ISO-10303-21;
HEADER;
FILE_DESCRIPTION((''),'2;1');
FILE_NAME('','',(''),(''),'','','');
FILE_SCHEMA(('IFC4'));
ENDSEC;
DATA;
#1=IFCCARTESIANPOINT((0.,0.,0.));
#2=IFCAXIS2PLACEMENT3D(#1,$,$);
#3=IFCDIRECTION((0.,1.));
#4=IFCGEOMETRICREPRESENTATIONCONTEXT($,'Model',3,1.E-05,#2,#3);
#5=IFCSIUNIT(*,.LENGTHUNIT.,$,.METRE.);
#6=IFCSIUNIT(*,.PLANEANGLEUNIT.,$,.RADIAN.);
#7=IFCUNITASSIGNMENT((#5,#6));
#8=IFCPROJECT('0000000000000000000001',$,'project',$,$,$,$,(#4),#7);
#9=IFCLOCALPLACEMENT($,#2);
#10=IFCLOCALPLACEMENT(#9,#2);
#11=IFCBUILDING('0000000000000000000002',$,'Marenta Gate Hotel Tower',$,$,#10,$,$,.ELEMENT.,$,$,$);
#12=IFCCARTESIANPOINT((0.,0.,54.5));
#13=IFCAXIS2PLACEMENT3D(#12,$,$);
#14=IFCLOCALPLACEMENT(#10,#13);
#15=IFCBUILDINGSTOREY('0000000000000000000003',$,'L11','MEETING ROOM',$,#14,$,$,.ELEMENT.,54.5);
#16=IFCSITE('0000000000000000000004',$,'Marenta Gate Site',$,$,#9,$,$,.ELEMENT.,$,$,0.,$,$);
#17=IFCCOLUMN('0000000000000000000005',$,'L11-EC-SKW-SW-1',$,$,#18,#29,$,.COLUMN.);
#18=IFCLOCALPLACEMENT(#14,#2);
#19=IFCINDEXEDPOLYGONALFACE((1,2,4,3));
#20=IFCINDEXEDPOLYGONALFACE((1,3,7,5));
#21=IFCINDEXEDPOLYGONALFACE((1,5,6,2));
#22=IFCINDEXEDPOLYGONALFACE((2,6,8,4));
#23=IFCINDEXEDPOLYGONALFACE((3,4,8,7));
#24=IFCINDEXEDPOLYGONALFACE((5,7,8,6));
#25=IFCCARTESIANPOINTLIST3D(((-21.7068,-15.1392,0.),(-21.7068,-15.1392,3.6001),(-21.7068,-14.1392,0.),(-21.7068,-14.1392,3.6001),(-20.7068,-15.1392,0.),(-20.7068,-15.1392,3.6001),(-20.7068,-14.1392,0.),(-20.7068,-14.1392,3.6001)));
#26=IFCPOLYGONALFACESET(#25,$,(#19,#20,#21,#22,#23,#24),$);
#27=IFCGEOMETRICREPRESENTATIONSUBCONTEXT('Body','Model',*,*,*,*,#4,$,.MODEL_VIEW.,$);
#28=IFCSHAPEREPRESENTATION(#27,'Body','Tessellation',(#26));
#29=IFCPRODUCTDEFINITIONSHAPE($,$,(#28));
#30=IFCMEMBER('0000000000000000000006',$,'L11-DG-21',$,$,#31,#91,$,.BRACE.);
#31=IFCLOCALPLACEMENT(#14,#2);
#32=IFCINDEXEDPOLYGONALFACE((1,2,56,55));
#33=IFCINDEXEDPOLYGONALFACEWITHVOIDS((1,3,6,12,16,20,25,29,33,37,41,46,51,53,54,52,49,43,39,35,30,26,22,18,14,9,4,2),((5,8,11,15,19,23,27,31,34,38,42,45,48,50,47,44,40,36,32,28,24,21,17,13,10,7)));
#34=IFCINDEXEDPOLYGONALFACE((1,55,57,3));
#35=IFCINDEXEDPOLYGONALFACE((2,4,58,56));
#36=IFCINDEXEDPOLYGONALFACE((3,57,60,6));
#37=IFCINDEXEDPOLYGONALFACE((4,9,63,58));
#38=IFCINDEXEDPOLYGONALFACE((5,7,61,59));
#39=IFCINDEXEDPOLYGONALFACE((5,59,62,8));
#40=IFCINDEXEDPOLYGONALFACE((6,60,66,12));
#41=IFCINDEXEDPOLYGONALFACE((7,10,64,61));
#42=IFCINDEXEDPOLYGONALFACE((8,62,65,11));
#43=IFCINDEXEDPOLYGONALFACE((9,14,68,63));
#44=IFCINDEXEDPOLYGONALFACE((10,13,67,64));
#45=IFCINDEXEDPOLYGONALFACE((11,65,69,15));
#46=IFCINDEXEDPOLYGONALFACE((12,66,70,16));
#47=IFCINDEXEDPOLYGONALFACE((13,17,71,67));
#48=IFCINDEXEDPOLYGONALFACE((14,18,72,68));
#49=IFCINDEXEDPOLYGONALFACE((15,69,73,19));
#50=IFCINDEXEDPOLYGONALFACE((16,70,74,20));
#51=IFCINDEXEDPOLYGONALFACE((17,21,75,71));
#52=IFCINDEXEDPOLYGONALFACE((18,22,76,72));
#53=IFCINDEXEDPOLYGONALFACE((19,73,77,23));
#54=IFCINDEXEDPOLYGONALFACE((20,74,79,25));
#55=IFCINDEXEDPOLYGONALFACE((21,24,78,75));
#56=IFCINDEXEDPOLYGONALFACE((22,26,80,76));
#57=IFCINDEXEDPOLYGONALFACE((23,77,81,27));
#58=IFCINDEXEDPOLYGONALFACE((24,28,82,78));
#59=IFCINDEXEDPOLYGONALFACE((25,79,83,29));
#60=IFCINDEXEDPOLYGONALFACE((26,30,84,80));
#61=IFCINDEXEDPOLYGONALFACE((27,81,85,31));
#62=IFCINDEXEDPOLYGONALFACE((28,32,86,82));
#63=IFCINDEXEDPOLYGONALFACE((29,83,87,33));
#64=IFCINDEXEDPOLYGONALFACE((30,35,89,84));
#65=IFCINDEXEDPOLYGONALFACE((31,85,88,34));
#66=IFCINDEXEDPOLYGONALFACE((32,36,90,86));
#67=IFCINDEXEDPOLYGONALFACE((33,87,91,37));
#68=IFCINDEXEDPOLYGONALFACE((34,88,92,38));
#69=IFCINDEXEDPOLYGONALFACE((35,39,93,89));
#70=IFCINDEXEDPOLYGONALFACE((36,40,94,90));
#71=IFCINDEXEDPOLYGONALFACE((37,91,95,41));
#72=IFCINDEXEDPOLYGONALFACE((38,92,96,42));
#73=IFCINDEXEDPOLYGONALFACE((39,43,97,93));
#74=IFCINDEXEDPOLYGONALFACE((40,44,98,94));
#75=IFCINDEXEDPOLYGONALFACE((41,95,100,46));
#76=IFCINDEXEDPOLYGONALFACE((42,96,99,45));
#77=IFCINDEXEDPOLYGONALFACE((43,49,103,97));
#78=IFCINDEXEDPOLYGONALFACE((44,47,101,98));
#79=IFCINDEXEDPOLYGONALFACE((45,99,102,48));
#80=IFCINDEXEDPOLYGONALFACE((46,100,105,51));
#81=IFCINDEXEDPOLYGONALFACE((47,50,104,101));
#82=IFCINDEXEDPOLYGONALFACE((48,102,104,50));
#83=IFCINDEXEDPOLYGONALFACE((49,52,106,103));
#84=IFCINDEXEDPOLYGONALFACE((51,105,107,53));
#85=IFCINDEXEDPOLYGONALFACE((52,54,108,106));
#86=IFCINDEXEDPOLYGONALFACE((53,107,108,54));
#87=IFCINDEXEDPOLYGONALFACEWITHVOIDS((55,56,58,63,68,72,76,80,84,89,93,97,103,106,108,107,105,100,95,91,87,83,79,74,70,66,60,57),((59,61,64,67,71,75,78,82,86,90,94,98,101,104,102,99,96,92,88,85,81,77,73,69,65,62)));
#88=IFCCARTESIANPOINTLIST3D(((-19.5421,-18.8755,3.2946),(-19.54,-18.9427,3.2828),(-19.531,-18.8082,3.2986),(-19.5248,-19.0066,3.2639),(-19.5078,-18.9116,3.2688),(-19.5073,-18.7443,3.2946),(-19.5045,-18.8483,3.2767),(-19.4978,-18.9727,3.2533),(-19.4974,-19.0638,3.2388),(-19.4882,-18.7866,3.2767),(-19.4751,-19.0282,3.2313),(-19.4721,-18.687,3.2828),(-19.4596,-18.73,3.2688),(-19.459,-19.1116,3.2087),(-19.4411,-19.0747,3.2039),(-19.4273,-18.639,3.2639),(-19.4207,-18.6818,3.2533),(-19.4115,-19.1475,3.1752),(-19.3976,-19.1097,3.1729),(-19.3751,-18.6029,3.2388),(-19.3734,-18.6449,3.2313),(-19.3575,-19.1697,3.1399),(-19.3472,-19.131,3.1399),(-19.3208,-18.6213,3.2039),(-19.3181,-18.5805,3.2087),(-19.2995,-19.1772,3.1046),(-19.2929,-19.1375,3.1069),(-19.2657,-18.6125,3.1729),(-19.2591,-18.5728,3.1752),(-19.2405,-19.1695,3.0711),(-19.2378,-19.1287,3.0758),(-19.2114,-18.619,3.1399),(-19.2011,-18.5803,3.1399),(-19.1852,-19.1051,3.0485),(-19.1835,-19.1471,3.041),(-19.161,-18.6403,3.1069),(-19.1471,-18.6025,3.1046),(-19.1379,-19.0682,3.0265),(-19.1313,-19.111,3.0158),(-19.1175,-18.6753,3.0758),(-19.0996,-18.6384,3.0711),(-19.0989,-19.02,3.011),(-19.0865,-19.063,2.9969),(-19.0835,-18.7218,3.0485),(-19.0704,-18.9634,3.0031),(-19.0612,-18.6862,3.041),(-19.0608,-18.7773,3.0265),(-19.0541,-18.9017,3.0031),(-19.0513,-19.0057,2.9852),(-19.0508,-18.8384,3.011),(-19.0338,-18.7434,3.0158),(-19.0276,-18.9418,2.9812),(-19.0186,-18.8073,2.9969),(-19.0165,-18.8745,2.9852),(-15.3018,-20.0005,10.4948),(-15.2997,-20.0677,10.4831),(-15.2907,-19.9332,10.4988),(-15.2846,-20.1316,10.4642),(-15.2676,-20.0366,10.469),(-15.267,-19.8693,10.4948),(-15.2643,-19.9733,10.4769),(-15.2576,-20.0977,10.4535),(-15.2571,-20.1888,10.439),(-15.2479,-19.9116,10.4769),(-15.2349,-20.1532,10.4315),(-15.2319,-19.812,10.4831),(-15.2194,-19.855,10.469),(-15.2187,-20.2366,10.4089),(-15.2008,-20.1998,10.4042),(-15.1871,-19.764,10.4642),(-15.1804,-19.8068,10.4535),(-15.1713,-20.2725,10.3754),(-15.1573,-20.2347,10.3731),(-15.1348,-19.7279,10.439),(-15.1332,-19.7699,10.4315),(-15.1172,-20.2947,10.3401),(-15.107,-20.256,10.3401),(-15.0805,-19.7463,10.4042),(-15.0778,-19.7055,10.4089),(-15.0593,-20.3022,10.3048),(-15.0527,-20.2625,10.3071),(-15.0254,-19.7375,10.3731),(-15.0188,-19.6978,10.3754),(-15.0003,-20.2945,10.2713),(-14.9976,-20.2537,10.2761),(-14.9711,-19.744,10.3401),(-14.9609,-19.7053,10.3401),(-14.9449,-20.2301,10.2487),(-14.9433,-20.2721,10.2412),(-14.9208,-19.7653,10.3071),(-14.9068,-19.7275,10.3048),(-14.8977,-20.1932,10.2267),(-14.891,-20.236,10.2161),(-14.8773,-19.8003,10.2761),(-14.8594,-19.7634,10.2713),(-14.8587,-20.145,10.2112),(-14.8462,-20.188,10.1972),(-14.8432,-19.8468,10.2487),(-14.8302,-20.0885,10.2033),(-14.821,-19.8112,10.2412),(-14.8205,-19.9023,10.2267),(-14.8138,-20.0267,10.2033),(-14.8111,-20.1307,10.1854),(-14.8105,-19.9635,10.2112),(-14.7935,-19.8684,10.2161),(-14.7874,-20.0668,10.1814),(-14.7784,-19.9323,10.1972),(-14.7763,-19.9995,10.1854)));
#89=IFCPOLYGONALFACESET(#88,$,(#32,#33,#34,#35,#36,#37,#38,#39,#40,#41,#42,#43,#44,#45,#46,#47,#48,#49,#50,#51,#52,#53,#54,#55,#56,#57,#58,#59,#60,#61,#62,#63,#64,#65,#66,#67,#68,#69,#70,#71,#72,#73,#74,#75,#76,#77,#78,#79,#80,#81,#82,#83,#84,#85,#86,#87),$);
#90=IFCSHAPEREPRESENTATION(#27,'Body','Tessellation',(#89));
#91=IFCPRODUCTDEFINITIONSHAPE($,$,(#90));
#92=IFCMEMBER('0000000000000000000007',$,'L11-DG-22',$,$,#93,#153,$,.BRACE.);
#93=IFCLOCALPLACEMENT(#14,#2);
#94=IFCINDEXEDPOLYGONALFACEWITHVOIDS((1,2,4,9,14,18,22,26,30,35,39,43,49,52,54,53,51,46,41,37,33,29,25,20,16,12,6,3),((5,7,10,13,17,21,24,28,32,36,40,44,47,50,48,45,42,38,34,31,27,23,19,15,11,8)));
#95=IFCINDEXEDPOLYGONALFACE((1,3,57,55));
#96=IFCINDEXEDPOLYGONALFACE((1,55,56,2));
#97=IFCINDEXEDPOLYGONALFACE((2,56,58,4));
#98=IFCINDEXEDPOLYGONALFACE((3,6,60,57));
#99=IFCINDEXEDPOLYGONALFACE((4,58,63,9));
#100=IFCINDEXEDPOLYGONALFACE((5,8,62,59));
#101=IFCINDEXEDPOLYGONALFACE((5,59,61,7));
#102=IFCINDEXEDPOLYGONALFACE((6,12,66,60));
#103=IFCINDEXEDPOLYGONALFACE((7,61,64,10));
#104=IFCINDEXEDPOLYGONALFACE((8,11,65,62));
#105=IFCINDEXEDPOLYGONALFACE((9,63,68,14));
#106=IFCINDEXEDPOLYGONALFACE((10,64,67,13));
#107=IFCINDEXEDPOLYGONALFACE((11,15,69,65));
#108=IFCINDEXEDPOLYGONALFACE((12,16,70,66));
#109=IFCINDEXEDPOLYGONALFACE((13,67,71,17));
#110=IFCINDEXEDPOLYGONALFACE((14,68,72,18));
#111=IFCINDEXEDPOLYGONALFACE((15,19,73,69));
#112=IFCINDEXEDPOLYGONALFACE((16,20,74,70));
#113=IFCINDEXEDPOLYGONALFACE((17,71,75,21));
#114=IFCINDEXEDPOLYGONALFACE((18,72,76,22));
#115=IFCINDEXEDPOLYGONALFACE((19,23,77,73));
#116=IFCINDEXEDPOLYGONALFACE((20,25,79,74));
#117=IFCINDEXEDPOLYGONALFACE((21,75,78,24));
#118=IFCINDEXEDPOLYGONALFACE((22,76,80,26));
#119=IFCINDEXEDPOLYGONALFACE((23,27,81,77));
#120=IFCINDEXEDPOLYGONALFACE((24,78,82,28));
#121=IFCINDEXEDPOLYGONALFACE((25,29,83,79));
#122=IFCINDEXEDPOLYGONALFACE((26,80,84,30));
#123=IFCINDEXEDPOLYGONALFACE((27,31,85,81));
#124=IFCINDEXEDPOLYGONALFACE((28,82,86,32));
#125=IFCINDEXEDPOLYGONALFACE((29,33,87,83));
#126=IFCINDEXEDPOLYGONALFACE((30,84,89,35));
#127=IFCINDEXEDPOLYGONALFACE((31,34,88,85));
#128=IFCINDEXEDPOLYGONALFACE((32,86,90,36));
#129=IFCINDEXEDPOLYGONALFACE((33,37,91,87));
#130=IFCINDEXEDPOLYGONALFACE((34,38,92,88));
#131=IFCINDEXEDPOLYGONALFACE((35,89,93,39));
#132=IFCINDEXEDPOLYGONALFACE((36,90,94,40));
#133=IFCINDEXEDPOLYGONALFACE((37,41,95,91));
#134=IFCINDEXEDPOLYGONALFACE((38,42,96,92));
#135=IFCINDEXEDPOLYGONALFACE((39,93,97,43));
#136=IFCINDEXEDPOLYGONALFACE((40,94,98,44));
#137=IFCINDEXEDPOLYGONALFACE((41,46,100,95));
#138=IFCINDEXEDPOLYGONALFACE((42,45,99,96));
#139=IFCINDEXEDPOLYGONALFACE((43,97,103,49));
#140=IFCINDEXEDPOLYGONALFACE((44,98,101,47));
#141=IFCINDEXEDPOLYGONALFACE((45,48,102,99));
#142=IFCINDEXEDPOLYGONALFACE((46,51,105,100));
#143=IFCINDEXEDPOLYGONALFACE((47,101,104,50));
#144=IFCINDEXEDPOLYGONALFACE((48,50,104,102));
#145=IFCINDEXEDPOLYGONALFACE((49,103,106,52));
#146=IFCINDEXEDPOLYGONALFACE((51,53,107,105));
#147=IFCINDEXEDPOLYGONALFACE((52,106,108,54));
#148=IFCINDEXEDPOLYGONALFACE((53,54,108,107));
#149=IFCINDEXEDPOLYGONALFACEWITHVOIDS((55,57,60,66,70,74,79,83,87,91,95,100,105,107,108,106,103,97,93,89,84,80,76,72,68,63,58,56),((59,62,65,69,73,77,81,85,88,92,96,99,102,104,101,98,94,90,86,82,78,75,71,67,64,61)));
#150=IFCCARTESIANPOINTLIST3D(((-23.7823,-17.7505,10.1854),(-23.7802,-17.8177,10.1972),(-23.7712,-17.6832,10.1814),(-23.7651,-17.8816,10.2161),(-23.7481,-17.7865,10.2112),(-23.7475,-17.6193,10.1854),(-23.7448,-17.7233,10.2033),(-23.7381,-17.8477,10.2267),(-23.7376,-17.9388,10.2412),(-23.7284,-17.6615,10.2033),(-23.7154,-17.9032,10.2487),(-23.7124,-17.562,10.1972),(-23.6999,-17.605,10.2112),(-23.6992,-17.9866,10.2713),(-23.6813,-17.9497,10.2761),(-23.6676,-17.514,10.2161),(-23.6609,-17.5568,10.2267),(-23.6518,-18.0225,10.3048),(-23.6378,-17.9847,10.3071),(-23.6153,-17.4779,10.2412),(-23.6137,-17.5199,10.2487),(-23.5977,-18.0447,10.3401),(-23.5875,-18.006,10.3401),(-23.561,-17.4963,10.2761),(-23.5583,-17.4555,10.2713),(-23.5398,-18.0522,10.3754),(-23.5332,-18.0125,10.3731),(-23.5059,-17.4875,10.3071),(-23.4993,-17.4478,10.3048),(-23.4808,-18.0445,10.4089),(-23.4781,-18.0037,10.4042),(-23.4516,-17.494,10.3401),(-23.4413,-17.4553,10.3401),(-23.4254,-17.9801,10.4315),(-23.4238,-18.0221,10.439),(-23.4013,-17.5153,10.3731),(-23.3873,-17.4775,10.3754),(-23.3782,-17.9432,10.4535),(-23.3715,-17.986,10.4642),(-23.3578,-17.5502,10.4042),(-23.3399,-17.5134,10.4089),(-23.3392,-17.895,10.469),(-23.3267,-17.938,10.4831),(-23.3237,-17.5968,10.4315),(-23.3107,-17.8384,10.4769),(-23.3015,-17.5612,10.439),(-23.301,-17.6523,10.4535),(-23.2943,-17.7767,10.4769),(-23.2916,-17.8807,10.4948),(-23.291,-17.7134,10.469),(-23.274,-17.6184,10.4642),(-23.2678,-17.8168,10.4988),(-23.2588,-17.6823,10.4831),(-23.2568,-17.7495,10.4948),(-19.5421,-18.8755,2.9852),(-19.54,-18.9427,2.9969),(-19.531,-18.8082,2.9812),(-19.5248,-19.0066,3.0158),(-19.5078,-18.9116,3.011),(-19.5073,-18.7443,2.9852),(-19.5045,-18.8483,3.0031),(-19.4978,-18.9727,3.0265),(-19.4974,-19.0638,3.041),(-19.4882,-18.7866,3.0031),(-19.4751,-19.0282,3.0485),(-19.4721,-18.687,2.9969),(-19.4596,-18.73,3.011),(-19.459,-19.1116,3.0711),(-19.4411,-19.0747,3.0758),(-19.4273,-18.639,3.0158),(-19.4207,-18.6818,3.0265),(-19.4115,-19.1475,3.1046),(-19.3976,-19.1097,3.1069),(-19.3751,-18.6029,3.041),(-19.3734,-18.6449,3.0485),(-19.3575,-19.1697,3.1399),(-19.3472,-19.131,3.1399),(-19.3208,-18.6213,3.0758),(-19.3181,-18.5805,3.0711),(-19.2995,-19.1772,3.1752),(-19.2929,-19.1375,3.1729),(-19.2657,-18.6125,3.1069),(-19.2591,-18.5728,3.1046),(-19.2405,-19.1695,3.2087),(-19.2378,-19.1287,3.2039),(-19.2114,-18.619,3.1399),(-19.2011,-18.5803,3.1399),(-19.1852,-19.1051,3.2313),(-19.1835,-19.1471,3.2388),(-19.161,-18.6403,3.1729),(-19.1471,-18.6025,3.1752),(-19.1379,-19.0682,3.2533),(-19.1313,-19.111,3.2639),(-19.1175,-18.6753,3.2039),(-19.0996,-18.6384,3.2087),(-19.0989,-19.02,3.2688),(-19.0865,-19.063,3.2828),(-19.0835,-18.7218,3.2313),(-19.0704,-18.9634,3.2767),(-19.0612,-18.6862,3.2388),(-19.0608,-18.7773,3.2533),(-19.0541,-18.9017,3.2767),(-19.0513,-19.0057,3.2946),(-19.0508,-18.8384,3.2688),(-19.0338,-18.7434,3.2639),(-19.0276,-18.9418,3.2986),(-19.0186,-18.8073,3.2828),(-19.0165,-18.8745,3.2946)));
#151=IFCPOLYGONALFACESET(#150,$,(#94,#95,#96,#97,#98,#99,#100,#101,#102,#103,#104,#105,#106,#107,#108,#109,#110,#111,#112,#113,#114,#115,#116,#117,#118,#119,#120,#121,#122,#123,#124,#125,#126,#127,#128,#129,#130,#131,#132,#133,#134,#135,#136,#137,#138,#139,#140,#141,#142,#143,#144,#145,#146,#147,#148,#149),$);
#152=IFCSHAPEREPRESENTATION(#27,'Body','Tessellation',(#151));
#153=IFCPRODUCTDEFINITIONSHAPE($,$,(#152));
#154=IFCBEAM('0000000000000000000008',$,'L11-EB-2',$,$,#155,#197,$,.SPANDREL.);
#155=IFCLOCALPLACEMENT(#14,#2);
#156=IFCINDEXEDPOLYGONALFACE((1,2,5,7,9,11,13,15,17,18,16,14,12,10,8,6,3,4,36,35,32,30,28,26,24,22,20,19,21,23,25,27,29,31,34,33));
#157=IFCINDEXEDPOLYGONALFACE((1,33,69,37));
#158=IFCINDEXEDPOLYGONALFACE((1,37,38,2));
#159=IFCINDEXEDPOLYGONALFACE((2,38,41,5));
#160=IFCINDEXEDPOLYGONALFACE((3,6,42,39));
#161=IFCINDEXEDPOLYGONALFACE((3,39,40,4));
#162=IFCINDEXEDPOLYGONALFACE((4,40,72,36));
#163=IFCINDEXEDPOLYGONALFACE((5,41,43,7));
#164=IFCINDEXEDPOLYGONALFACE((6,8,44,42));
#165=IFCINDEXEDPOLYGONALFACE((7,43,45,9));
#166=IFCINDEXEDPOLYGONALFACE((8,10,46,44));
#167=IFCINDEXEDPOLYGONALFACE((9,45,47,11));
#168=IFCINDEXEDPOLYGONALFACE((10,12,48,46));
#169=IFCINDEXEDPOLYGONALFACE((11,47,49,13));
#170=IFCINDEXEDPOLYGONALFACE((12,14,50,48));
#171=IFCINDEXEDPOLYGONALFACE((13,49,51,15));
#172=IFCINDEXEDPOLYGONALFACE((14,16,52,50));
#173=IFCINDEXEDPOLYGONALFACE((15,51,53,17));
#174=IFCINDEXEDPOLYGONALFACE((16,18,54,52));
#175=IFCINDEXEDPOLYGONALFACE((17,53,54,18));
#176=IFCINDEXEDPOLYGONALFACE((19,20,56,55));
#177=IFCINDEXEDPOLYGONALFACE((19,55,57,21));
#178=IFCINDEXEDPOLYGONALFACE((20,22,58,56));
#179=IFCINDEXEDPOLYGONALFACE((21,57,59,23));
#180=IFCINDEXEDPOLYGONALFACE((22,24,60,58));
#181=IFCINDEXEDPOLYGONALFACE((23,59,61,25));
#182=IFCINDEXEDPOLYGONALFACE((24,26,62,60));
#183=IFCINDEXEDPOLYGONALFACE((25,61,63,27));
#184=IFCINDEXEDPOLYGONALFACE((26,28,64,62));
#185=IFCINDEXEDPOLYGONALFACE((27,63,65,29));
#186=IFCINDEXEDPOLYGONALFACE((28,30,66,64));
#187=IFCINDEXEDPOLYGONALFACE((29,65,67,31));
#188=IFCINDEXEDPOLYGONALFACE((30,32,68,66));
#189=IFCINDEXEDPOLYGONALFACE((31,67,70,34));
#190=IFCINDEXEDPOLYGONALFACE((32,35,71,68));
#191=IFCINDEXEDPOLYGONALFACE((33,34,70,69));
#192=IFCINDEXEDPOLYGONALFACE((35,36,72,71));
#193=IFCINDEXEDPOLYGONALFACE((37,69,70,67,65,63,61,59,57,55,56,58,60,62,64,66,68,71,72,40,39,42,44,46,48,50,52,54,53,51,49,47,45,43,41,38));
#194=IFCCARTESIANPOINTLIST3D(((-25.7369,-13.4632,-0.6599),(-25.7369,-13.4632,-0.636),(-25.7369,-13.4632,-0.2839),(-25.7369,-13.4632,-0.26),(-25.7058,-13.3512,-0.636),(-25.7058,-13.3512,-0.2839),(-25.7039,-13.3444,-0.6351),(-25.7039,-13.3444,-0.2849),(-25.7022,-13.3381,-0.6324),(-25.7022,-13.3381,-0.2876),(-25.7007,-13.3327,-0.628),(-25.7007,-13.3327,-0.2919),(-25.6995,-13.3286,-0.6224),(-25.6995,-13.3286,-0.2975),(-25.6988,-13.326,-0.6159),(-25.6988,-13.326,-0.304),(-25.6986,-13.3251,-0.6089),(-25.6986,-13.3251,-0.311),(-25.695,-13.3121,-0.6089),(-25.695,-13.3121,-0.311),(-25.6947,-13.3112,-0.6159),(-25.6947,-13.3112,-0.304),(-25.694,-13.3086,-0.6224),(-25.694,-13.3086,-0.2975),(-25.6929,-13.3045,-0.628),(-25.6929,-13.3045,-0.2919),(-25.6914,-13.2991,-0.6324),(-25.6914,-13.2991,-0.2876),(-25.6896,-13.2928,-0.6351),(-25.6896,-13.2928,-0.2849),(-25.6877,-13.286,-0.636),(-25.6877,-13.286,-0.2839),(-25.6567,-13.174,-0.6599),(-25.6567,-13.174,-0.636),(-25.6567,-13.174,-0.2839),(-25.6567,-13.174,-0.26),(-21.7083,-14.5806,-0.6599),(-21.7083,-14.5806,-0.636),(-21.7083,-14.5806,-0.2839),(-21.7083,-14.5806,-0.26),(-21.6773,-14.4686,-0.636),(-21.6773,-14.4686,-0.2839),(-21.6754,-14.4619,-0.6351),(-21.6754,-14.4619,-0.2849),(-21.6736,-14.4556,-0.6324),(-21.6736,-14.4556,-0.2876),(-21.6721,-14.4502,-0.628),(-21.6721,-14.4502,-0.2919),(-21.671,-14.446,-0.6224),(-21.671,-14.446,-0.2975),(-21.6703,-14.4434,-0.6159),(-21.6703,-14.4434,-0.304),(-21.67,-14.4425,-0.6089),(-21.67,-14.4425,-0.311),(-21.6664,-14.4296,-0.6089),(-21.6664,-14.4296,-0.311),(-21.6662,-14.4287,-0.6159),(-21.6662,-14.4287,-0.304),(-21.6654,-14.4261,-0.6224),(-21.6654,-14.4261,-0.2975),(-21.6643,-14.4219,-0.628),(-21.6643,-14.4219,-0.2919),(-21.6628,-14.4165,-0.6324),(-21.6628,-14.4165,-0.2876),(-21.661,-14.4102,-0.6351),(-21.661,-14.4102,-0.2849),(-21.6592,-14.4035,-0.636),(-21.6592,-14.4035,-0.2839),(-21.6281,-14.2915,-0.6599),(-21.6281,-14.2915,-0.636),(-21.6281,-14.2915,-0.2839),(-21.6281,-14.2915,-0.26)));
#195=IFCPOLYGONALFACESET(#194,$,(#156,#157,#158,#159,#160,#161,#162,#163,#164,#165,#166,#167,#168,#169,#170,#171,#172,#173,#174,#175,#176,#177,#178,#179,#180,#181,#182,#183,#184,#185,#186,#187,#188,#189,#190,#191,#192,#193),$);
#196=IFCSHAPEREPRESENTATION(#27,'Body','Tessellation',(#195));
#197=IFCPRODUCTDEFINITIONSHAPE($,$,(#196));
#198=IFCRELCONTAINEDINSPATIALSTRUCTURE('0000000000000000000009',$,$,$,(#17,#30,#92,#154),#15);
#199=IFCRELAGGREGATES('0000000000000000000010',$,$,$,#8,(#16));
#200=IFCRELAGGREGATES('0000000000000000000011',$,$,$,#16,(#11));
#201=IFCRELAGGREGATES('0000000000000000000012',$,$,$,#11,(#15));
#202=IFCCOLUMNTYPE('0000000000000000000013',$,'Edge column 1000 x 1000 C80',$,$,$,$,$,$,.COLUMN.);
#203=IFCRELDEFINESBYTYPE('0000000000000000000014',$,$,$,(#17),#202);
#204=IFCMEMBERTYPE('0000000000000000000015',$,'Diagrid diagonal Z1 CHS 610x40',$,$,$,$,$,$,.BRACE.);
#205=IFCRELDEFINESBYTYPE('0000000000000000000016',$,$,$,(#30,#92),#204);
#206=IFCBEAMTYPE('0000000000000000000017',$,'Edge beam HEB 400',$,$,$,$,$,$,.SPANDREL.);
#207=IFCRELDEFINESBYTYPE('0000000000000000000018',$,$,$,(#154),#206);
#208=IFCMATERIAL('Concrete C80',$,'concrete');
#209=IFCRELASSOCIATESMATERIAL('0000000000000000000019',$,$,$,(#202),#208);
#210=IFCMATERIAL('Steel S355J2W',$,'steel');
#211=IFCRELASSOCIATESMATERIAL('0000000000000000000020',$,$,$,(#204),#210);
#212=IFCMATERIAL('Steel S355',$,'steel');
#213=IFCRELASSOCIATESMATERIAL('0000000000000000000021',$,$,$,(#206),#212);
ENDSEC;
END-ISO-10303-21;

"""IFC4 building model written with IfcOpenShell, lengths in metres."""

from ifc_helpers import new_model, si_unit, direction, frame, origin, origin_2d, place, context, subcontext, project, spatial, rectangle, hollow_circle, i_section, extrude, material, material_profile, profile_set, type_object, element, save


model = new_model("IFC4")

# Units and contexts
model_context = context("Model", 3, precision=1e-05, world=origin(), true_north=direction((0.0, 1.0)))
body_context = subcontext(model_context, "Body", "Model", "MODEL_VIEW")
ifc_project = project(units=[si_unit("LENGTHUNIT", "METRE"), si_unit("PLANEANGLEUNIT", "RADIAN")], contexts=[model_context])

# Site, building, storey
site_placement = place(None, origin())
site = spatial("IfcSite", under=ifc_project, at=site_placement, Name="Marenta Gate Site", CompositionType="ELEMENT", RefElevation=0.0)
building_placement = place(site_placement, origin())
building = spatial("IfcBuilding", under=site, at=building_placement, Name="Marenta Gate Hotel Tower", CompositionType="ELEMENT")
storey_placement = place(building_placement, frame((0.0, 0.0, 54.5)))
storey = spatial("IfcBuildingStorey", under=building, at=storey_placement, Name="L11", Description="MEETING ROOM", CompositionType="ELEMENT", Elevation=54.5)

# Column
ifc_material_1 = material(Name="Concrete C80", Category="concrete")
ifc_material_profile_1 = material_profile(ifc_material_1, rectangle(XDim=1.0, YDim=1.0, at=origin_2d()), Name="1000 x 1000")
ifc_profile_set_1 = profile_set([ifc_material_profile_1], Name="Concrete C80")
column_type = type_object("IfcColumnType", Name="Edge column 1000 x 1000 C80", PredefinedType="COLUMN", material=ifc_profile_set_1)
column_placement = place(storey_placement, frame((-21.2068, -14.6392, 0.0), z_axis=(0.0, 0.0, 1.0), x_axis=(1.0, 0.0, 0.0)))
element("IfcColumn", 1, at=column_placement, inside=storey, type_object=column_type, Name="L11-EC-SKW-SW-1", PredefinedType="COLUMN", context=body_context, shape_type="SweptSolid", body=[
    extrude(rectangle(XDim=1.0, YDim=1.0, at=origin_2d()), origin(), (0.0, 0.0, 1.0), 3.6001),
])

# Members
ifc_material_2 = material(Name="Steel S355J2W", Category="steel")
ifc_material_profile_2 = material_profile(ifc_material_2, hollow_circle(Radius=0.3049, WallThickness=0.04, at=origin_2d()), Name="CHS 610x40")
ifc_profile_set_2 = profile_set([ifc_material_profile_2], Name="Steel S355J2W")
member_type_1 = type_object("IfcMemberType", Name="Diagrid diagonal Z1 CHS 610x40", PredefinedType="BRACE", material=ifc_profile_set_2)
for number, where, z_axis, x_axis, name in (
    (2, (-19.2793, -18.875, 3.1399), (0.502912, -0.13343, 0.853977), (0.256443, 0.966559, 0.0), "L11-DG-21"),
    (3, (-19.2793, -18.875, 3.1399), (-0.502912, 0.13343, 0.853977), (-0.256443, -0.966559, 0.0), "L11-DG-22"),
):
    element("IfcMember", number, at=place(storey_placement, frame(where, z_axis=z_axis, x_axis=x_axis)), inside=storey, type_object=member_type_1, Name=name, PredefinedType="BRACE", context=body_context, shape_type="SweptSolid", body=[
        extrude(hollow_circle(Radius=0.3049, WallThickness=0.04, at=origin_2d()), origin(), (0.0, 0.0, 1.0), 8.4314),
    ])

# Beam
ifc_material_3 = material(Name="Steel S355", Category="steel")
ifc_material_profile_3 = material_profile(ifc_material_3, i_section(OverallWidth=0.3, OverallDepth=0.3999, WebThickness=0.0134, FlangeThickness=0.0239, FilletRadius=0.0271, at=origin_2d()), Name="HEB 400")
ifc_profile_set_3 = profile_set([ifc_material_profile_3], Name="Steel S355")
beam_type = type_object("IfcBeamType", Name="Edge beam HEB 400", PredefinedType="SPANDREL", material=ifc_profile_set_3)
beam_1_placement = place(storey_placement, frame((-21.6682, -14.436, -0.46), z_axis=(-0.963617, 0.267285, 0.0), x_axis=(-0.267285, -0.963617, 0.0)))
element("IfcBeam", 4, at=beam_1_placement, inside=storey, type_object=beam_type, Name="L11-EB-2", PredefinedType="SPANDREL", context=body_context, shape_type="SweptSolid", body=[
    extrude(i_section(OverallWidth=0.3, OverallDepth=0.3999, WebThickness=0.0134, FlangeThickness=0.0239, FilletRadius=0.0271, at=origin_2d()), origin(), (0.0, 0.0, 1.0), 4.1807),
])

save(model, "model.ifc")
